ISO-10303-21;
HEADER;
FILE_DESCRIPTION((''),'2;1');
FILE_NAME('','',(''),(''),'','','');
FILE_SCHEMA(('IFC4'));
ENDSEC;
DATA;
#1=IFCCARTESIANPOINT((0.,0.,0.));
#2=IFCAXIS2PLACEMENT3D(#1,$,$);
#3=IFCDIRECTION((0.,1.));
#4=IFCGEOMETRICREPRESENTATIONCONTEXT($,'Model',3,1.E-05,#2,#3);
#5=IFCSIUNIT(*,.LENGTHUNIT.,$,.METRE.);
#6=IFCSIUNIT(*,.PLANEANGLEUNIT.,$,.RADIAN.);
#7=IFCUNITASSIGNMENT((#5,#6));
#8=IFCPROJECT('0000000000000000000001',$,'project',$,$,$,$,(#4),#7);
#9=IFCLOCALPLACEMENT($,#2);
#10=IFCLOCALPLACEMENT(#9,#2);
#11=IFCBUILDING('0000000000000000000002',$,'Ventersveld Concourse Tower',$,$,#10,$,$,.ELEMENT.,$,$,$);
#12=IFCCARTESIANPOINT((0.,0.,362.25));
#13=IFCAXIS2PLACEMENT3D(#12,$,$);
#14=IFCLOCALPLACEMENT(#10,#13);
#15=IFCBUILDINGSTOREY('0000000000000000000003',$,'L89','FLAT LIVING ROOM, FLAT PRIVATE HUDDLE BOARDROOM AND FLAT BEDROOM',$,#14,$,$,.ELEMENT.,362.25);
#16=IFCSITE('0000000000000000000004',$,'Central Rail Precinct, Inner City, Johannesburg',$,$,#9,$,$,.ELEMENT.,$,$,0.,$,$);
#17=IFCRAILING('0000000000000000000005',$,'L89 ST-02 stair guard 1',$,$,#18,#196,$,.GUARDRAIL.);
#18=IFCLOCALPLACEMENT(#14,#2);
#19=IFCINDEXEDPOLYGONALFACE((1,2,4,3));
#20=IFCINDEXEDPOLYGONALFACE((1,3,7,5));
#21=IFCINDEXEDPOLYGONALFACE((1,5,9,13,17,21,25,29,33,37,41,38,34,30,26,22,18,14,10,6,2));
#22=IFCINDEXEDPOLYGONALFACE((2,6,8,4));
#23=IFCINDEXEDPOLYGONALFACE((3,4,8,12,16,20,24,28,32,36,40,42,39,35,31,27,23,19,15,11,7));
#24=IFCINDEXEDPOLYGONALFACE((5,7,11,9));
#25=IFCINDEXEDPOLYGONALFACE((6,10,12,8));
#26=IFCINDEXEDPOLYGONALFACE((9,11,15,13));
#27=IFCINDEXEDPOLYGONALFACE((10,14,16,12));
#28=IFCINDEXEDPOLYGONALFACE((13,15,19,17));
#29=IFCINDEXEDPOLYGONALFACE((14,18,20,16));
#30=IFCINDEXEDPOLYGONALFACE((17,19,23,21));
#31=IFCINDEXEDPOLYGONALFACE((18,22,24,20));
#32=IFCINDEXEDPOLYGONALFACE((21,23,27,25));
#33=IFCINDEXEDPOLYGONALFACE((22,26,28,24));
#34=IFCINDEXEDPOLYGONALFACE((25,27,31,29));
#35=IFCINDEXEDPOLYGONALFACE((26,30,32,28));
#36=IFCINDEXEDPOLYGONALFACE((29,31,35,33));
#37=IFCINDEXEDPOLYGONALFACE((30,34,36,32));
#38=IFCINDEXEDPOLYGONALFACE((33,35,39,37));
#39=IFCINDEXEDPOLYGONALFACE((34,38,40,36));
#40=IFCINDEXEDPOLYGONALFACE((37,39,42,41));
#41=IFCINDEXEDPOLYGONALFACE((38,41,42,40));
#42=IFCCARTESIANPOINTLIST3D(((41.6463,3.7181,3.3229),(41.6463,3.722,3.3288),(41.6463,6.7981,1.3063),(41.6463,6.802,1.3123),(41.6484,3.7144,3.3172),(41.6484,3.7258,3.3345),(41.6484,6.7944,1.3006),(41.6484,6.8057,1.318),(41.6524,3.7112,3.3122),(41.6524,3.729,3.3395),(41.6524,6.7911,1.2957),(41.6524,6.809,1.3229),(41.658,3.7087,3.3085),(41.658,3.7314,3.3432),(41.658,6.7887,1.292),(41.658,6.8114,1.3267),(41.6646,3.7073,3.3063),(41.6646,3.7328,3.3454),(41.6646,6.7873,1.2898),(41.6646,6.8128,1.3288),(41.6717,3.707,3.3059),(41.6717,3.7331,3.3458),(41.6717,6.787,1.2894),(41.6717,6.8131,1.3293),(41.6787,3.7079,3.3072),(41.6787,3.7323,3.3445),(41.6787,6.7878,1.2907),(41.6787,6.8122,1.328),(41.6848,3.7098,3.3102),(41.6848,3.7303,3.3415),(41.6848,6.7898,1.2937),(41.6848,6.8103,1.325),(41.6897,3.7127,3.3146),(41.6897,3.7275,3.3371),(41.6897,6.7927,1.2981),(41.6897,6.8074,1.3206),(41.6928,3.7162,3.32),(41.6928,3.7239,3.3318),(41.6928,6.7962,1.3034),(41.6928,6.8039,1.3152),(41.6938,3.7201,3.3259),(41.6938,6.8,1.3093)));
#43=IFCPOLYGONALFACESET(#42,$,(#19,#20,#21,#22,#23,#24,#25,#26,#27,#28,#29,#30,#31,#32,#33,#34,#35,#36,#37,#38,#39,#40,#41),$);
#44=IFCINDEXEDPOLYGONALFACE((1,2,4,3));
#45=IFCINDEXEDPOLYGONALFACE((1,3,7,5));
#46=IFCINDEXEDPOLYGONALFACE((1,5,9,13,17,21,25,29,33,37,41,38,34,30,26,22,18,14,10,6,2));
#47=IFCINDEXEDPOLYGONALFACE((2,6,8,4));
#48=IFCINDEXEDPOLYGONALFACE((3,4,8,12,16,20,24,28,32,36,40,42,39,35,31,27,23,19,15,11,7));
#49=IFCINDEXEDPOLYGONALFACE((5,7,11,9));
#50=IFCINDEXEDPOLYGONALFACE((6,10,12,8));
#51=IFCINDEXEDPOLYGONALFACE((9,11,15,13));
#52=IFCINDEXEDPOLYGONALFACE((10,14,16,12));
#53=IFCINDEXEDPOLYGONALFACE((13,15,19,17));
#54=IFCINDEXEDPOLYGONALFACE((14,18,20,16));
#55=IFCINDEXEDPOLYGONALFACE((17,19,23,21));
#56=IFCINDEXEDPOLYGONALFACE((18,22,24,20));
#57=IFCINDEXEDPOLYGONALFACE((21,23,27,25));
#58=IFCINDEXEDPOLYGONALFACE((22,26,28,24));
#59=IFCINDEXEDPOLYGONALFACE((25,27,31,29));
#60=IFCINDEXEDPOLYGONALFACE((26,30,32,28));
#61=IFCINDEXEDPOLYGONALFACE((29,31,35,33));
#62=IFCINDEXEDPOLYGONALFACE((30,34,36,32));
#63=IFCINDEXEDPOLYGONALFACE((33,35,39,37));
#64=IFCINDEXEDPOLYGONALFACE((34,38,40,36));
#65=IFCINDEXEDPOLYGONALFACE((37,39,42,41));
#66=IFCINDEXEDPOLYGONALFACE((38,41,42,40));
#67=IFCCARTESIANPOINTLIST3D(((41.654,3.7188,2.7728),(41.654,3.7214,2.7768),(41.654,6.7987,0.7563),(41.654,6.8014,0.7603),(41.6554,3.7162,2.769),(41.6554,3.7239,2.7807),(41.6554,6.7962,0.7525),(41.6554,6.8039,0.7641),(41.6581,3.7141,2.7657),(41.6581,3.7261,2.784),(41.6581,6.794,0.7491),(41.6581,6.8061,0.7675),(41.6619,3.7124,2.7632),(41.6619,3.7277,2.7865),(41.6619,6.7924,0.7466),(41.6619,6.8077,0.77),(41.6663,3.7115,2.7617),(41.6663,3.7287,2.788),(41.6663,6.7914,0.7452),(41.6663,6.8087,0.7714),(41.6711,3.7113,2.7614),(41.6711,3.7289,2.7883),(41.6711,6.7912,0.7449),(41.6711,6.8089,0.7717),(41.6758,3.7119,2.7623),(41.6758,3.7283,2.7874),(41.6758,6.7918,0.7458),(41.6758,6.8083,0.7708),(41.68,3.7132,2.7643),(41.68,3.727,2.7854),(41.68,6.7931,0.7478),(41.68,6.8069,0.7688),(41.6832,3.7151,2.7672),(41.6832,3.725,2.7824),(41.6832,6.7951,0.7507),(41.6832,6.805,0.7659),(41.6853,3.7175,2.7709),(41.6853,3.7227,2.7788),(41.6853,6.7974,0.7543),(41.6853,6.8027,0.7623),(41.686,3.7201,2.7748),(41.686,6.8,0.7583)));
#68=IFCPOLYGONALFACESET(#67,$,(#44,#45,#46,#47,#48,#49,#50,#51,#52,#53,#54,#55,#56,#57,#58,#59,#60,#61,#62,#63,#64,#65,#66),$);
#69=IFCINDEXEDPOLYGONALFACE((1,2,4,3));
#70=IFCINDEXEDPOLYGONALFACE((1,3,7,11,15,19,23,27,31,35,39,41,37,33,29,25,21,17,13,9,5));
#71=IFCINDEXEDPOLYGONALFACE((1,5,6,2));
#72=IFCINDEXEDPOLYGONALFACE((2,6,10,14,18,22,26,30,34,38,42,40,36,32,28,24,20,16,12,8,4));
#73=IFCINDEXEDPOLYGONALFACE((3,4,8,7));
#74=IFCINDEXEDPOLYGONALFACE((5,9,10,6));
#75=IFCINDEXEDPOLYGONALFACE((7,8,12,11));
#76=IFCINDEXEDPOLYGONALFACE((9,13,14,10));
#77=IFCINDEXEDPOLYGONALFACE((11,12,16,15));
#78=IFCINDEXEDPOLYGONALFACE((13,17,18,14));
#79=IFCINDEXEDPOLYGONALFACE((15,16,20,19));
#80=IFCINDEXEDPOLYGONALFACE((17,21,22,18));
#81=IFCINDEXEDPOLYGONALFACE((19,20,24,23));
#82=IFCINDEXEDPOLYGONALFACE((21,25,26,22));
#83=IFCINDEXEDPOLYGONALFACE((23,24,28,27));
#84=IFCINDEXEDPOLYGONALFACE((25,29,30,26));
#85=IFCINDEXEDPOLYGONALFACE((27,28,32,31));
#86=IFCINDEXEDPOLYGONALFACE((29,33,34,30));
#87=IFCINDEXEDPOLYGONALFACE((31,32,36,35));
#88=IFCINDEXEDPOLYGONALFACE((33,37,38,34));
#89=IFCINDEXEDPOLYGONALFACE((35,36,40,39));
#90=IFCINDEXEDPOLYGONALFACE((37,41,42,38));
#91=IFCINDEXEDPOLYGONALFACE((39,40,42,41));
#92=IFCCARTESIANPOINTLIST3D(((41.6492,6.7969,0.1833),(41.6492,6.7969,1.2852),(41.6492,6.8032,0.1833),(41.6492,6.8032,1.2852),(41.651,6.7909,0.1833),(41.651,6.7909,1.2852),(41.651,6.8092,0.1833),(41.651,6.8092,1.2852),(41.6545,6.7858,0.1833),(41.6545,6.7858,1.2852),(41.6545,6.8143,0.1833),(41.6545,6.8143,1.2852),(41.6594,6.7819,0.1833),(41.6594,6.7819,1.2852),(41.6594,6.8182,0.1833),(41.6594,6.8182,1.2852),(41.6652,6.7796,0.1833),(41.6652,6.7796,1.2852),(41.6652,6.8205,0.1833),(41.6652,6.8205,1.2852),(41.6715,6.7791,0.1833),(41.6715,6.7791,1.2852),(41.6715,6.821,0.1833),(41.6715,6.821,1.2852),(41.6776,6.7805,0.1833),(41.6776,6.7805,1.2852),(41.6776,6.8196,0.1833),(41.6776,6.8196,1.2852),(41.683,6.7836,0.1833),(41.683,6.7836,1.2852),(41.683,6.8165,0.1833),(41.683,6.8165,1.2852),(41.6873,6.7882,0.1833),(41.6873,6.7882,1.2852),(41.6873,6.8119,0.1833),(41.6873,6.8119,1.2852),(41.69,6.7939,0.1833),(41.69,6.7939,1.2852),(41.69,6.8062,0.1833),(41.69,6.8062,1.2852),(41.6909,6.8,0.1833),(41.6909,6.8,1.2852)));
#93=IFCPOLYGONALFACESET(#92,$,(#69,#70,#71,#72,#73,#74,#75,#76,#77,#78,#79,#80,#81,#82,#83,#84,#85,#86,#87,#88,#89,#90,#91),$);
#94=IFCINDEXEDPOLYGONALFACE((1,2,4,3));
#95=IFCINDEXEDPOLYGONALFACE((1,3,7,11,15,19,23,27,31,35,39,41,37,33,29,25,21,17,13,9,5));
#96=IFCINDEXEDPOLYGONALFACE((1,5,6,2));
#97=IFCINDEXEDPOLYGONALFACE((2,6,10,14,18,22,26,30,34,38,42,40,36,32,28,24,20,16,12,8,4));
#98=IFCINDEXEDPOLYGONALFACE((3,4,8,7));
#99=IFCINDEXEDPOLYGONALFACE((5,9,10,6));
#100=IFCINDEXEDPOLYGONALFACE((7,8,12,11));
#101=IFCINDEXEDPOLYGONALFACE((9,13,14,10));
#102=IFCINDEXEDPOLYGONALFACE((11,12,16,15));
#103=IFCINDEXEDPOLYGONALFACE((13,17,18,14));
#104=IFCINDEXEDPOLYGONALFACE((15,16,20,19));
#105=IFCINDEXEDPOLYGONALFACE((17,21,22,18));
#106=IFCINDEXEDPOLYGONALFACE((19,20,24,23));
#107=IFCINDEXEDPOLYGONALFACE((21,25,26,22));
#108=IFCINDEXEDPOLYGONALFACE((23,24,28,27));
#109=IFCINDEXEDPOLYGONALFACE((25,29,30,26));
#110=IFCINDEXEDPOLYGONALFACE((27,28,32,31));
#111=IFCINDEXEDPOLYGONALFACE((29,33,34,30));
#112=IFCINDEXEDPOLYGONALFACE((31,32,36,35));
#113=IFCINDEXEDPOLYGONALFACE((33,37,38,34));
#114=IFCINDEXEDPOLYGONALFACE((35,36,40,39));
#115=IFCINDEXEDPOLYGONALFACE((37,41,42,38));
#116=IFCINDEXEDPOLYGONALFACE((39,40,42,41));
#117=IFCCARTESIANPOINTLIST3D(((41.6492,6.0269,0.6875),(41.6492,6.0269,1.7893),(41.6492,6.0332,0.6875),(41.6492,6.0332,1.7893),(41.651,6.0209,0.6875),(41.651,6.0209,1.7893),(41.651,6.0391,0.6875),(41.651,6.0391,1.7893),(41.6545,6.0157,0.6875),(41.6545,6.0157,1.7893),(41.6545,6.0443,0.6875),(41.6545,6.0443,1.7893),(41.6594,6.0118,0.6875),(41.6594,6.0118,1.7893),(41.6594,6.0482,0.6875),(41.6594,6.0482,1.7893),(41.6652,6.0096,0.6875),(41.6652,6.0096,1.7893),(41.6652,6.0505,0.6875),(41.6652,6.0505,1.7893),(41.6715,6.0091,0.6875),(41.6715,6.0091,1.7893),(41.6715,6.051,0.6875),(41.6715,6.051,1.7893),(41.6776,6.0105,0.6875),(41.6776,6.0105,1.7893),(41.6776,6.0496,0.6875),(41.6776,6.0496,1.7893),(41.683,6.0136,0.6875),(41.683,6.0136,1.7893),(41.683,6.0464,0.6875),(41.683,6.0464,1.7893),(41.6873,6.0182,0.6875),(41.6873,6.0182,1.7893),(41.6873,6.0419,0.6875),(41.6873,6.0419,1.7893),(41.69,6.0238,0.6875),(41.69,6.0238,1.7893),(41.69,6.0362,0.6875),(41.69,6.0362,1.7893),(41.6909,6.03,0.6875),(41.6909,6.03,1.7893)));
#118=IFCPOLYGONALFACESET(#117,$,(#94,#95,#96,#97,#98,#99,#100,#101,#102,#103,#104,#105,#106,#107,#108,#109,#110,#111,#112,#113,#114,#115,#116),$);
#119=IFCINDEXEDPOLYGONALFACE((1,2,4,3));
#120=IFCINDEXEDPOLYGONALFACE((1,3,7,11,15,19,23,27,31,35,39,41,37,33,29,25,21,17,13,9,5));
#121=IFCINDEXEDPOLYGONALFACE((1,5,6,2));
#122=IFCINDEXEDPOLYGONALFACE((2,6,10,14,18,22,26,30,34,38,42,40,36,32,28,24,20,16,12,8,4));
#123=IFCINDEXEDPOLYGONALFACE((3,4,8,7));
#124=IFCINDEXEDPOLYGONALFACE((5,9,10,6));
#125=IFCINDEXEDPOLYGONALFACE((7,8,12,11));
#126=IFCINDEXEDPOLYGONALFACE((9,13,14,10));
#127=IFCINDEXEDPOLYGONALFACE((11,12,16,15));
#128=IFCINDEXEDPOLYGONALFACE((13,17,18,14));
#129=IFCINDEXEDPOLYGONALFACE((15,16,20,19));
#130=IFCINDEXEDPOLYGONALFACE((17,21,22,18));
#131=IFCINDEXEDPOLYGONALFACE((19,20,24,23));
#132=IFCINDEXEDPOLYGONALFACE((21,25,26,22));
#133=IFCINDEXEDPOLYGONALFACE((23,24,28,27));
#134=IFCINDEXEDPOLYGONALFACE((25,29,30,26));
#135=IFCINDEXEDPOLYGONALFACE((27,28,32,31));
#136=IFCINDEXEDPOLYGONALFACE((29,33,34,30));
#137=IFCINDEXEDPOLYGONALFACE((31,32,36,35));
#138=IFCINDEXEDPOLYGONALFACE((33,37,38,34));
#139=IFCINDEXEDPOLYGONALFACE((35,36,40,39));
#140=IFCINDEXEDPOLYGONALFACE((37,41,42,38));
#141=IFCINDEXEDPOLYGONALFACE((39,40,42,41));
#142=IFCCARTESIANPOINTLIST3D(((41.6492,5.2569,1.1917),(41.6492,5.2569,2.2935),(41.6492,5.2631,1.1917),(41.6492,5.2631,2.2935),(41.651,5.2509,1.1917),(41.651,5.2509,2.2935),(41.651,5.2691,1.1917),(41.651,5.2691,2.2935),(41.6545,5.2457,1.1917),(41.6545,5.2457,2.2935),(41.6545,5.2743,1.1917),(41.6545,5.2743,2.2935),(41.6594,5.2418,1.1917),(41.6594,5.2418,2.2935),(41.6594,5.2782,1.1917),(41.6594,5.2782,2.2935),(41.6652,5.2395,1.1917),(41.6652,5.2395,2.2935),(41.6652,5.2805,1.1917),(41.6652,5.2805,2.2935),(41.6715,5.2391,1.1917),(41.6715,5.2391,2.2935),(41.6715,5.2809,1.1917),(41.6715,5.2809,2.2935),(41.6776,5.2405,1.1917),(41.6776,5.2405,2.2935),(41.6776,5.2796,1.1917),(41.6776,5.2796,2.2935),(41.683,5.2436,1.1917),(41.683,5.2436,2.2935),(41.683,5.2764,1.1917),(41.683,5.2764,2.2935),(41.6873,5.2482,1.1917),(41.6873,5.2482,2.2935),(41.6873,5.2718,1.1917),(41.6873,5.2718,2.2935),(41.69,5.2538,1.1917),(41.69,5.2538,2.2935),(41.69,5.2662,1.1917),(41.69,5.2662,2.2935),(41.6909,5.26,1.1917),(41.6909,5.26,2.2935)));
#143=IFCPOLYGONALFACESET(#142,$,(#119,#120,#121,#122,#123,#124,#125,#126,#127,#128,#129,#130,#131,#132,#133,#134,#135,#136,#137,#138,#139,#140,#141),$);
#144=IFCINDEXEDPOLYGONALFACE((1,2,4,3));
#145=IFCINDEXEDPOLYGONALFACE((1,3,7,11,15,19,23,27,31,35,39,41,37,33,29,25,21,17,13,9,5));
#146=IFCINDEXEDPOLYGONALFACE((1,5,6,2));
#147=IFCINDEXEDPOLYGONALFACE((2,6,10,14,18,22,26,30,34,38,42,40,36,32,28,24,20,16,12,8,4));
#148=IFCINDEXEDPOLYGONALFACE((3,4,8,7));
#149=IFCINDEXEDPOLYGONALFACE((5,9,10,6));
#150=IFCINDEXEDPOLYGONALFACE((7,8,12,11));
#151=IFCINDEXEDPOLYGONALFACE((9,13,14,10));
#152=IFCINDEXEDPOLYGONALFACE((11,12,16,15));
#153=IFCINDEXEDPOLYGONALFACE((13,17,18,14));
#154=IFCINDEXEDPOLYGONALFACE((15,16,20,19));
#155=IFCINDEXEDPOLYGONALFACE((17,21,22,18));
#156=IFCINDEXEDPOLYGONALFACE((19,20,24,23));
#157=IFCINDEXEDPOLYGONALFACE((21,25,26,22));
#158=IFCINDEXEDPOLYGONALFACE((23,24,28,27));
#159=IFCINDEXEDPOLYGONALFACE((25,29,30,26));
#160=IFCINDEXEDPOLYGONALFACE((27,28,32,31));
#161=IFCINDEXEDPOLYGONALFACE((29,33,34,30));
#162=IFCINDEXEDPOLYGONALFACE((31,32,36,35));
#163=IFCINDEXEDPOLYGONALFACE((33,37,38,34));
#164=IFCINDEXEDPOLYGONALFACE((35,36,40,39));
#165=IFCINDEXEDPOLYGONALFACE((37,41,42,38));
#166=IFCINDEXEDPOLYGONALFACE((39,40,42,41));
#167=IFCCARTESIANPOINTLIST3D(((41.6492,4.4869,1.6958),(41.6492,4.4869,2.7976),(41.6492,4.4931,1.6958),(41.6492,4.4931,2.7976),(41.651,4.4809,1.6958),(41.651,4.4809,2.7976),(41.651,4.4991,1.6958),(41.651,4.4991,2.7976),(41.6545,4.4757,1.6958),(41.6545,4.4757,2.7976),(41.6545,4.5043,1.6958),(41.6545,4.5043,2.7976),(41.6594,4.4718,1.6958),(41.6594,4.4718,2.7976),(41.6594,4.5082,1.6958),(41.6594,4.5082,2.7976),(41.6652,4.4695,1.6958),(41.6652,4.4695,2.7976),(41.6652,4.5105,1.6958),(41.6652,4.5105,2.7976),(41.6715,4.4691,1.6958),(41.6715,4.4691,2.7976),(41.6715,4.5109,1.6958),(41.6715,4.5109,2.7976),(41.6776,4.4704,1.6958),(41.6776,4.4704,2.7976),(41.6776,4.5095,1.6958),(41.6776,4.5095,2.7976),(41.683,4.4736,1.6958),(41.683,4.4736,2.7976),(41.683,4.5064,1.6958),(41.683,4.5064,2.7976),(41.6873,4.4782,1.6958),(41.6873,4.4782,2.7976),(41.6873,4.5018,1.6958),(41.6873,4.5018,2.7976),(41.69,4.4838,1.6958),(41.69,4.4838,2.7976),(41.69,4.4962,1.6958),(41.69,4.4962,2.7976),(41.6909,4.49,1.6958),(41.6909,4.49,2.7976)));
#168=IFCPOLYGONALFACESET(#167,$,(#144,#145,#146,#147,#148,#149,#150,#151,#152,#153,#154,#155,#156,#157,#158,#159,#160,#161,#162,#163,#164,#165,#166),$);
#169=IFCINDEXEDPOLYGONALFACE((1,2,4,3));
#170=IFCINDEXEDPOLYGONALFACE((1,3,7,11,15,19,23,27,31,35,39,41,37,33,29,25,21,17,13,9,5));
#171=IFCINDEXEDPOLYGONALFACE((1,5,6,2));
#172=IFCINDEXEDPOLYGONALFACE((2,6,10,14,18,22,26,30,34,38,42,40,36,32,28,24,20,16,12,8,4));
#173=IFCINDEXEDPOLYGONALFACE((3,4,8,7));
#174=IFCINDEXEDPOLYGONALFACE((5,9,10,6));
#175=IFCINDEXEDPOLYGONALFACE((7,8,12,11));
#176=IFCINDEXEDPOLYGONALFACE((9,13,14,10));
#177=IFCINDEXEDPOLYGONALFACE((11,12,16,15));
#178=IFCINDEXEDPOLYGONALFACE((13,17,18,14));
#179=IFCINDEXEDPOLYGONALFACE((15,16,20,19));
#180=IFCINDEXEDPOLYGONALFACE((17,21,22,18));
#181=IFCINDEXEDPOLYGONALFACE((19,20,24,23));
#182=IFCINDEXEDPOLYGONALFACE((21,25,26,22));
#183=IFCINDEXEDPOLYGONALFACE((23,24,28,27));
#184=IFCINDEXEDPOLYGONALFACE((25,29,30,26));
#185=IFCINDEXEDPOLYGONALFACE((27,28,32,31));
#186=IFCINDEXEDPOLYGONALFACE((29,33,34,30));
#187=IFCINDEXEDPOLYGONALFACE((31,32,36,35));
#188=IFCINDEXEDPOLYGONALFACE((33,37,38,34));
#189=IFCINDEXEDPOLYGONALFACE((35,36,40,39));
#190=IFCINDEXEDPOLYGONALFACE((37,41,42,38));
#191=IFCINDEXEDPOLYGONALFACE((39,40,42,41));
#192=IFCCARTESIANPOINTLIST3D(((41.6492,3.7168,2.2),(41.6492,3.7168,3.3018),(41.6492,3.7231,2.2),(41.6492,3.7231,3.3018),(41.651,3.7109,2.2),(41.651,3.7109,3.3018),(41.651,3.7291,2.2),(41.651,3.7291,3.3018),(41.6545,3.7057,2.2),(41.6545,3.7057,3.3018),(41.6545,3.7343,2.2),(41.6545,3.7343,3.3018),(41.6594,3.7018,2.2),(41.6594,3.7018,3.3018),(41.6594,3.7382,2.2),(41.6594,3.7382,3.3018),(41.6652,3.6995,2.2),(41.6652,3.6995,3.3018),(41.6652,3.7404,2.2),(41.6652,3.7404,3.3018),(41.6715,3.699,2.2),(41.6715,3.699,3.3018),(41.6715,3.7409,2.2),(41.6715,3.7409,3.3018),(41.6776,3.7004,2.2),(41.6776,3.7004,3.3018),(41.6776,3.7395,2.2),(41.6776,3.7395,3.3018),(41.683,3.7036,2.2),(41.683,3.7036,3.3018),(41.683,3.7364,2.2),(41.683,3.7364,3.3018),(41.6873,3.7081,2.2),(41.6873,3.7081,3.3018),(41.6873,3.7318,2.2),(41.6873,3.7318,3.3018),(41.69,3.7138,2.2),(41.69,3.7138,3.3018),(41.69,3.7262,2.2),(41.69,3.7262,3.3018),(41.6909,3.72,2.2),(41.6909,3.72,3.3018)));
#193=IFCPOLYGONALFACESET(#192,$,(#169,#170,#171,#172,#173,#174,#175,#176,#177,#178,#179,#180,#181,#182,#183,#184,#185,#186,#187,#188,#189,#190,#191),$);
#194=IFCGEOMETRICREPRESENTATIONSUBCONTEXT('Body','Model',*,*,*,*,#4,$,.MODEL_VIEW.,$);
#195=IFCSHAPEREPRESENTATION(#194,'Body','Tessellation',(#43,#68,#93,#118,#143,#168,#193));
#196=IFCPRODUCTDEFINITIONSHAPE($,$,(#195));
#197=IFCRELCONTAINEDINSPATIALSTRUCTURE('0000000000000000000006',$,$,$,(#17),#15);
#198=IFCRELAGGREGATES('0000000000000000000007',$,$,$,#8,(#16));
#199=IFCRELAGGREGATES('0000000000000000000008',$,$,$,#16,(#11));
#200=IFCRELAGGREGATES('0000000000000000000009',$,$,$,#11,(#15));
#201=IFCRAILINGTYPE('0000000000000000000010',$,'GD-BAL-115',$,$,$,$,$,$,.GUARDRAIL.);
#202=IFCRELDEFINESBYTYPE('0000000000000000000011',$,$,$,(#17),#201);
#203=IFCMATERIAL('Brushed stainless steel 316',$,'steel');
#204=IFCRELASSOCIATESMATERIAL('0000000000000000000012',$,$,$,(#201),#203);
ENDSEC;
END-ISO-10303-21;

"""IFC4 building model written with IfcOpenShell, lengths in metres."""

from ifc_helpers import new_model, si_unit, direction, frame, origin, origin_2d, place, context, subcontext, project, spatial, circle, extrude, material, type_object, element, save


model = new_model("IFC4")

# Units and contexts
model_context = context("Model", 3, precision=1e-05, world=origin(), true_north=direction((0.0, 1.0)))
body_context = subcontext(model_context, "Body", "Model", "MODEL_VIEW")
ifc_project = project(units=[si_unit("LENGTHUNIT", "METRE"), si_unit("PLANEANGLEUNIT", "RADIAN")], contexts=[model_context])

# Site, building, storey
site_placement = place(None, origin())
site = spatial("IfcSite", under=ifc_project, at=site_placement, Name="Central Rail Precinct, Inner City, Johannesburg", CompositionType="ELEMENT", RefElevation=0.0)
building_placement = place(site_placement, origin())
building = spatial("IfcBuilding", under=site, at=building_placement, Name="Ventersveld Concourse Tower", CompositionType="ELEMENT")
storey_placement = place(building_placement, frame((0.0, 0.0, 362.25)))
storey = spatial("IfcBuildingStorey", under=building, at=storey_placement, Name="L89", Description="FLAT LIVING ROOM, FLAT PRIVATE HUDDLE BOARDROOM AND FLAT BEDROOM", CompositionType="ELEMENT", Elevation=362.25)

# Shared definitions
ifc_material_1 = material(Name="Brushed stainless steel 316", Category="steel")

# Railing
railing_type_1 = type_object("IfcRailingType", Name="GD-BAL-115", PredefinedType="GUARDRAIL", material=ifc_material_1)
railing_1_placement = place(storey_placement, frame((41.6699, 6.8, 0.1833)))
element("IfcRailing", 1, at=railing_1_placement, inside=storey, type_object=railing_type_1, Name="L89 ST-02 stair guard 1", PredefinedType="GUARDRAIL", context=body_context, shape_type="SweptSolid", body=[
    extrude(circle(Radius=0.0239, at=origin_2d()), frame((0.0, 0.0, 1.126), z_axis=(0.0, -0.836633, 0.547764), x_axis=(1.0, 0.0, 0.0)), (0.0, 0.0, 1.0), 3.6814),
    extrude(circle(Radius=0.0161, at=origin_2d()), frame((0.0, 0.0, 0.575), z_axis=(0.0, -0.836633, 0.547764), x_axis=(1.0, 0.0, 0.0)), (0.0, 0.0, 1.0), 3.6814),
    extrude(circle(Radius=0.021, at=origin_2d()), origin(), (0.0, 0.0, 1.0), 1.1018),
    extrude(circle(Radius=0.021, at=origin_2d()), frame((0.0, -0.77, 0.5042)), (0.0, 0.0, 1.0), 1.1018),
    extrude(circle(Radius=0.021, at=origin_2d()), frame((0.0, -1.54, 1.0083)), (0.0, 0.0, 1.0), 1.1018),
    extrude(circle(Radius=0.021, at=origin_2d()), frame((0.0, -2.3101, 1.5125)), (0.0, 0.0, 1.0), 1.1018),
    extrude(circle(Radius=0.021, at=origin_2d()), frame((0.0, -3.0801, 2.0166)), (0.0, 0.0, 1.0), 1.1018),
])

save(model, "model.ifc")
